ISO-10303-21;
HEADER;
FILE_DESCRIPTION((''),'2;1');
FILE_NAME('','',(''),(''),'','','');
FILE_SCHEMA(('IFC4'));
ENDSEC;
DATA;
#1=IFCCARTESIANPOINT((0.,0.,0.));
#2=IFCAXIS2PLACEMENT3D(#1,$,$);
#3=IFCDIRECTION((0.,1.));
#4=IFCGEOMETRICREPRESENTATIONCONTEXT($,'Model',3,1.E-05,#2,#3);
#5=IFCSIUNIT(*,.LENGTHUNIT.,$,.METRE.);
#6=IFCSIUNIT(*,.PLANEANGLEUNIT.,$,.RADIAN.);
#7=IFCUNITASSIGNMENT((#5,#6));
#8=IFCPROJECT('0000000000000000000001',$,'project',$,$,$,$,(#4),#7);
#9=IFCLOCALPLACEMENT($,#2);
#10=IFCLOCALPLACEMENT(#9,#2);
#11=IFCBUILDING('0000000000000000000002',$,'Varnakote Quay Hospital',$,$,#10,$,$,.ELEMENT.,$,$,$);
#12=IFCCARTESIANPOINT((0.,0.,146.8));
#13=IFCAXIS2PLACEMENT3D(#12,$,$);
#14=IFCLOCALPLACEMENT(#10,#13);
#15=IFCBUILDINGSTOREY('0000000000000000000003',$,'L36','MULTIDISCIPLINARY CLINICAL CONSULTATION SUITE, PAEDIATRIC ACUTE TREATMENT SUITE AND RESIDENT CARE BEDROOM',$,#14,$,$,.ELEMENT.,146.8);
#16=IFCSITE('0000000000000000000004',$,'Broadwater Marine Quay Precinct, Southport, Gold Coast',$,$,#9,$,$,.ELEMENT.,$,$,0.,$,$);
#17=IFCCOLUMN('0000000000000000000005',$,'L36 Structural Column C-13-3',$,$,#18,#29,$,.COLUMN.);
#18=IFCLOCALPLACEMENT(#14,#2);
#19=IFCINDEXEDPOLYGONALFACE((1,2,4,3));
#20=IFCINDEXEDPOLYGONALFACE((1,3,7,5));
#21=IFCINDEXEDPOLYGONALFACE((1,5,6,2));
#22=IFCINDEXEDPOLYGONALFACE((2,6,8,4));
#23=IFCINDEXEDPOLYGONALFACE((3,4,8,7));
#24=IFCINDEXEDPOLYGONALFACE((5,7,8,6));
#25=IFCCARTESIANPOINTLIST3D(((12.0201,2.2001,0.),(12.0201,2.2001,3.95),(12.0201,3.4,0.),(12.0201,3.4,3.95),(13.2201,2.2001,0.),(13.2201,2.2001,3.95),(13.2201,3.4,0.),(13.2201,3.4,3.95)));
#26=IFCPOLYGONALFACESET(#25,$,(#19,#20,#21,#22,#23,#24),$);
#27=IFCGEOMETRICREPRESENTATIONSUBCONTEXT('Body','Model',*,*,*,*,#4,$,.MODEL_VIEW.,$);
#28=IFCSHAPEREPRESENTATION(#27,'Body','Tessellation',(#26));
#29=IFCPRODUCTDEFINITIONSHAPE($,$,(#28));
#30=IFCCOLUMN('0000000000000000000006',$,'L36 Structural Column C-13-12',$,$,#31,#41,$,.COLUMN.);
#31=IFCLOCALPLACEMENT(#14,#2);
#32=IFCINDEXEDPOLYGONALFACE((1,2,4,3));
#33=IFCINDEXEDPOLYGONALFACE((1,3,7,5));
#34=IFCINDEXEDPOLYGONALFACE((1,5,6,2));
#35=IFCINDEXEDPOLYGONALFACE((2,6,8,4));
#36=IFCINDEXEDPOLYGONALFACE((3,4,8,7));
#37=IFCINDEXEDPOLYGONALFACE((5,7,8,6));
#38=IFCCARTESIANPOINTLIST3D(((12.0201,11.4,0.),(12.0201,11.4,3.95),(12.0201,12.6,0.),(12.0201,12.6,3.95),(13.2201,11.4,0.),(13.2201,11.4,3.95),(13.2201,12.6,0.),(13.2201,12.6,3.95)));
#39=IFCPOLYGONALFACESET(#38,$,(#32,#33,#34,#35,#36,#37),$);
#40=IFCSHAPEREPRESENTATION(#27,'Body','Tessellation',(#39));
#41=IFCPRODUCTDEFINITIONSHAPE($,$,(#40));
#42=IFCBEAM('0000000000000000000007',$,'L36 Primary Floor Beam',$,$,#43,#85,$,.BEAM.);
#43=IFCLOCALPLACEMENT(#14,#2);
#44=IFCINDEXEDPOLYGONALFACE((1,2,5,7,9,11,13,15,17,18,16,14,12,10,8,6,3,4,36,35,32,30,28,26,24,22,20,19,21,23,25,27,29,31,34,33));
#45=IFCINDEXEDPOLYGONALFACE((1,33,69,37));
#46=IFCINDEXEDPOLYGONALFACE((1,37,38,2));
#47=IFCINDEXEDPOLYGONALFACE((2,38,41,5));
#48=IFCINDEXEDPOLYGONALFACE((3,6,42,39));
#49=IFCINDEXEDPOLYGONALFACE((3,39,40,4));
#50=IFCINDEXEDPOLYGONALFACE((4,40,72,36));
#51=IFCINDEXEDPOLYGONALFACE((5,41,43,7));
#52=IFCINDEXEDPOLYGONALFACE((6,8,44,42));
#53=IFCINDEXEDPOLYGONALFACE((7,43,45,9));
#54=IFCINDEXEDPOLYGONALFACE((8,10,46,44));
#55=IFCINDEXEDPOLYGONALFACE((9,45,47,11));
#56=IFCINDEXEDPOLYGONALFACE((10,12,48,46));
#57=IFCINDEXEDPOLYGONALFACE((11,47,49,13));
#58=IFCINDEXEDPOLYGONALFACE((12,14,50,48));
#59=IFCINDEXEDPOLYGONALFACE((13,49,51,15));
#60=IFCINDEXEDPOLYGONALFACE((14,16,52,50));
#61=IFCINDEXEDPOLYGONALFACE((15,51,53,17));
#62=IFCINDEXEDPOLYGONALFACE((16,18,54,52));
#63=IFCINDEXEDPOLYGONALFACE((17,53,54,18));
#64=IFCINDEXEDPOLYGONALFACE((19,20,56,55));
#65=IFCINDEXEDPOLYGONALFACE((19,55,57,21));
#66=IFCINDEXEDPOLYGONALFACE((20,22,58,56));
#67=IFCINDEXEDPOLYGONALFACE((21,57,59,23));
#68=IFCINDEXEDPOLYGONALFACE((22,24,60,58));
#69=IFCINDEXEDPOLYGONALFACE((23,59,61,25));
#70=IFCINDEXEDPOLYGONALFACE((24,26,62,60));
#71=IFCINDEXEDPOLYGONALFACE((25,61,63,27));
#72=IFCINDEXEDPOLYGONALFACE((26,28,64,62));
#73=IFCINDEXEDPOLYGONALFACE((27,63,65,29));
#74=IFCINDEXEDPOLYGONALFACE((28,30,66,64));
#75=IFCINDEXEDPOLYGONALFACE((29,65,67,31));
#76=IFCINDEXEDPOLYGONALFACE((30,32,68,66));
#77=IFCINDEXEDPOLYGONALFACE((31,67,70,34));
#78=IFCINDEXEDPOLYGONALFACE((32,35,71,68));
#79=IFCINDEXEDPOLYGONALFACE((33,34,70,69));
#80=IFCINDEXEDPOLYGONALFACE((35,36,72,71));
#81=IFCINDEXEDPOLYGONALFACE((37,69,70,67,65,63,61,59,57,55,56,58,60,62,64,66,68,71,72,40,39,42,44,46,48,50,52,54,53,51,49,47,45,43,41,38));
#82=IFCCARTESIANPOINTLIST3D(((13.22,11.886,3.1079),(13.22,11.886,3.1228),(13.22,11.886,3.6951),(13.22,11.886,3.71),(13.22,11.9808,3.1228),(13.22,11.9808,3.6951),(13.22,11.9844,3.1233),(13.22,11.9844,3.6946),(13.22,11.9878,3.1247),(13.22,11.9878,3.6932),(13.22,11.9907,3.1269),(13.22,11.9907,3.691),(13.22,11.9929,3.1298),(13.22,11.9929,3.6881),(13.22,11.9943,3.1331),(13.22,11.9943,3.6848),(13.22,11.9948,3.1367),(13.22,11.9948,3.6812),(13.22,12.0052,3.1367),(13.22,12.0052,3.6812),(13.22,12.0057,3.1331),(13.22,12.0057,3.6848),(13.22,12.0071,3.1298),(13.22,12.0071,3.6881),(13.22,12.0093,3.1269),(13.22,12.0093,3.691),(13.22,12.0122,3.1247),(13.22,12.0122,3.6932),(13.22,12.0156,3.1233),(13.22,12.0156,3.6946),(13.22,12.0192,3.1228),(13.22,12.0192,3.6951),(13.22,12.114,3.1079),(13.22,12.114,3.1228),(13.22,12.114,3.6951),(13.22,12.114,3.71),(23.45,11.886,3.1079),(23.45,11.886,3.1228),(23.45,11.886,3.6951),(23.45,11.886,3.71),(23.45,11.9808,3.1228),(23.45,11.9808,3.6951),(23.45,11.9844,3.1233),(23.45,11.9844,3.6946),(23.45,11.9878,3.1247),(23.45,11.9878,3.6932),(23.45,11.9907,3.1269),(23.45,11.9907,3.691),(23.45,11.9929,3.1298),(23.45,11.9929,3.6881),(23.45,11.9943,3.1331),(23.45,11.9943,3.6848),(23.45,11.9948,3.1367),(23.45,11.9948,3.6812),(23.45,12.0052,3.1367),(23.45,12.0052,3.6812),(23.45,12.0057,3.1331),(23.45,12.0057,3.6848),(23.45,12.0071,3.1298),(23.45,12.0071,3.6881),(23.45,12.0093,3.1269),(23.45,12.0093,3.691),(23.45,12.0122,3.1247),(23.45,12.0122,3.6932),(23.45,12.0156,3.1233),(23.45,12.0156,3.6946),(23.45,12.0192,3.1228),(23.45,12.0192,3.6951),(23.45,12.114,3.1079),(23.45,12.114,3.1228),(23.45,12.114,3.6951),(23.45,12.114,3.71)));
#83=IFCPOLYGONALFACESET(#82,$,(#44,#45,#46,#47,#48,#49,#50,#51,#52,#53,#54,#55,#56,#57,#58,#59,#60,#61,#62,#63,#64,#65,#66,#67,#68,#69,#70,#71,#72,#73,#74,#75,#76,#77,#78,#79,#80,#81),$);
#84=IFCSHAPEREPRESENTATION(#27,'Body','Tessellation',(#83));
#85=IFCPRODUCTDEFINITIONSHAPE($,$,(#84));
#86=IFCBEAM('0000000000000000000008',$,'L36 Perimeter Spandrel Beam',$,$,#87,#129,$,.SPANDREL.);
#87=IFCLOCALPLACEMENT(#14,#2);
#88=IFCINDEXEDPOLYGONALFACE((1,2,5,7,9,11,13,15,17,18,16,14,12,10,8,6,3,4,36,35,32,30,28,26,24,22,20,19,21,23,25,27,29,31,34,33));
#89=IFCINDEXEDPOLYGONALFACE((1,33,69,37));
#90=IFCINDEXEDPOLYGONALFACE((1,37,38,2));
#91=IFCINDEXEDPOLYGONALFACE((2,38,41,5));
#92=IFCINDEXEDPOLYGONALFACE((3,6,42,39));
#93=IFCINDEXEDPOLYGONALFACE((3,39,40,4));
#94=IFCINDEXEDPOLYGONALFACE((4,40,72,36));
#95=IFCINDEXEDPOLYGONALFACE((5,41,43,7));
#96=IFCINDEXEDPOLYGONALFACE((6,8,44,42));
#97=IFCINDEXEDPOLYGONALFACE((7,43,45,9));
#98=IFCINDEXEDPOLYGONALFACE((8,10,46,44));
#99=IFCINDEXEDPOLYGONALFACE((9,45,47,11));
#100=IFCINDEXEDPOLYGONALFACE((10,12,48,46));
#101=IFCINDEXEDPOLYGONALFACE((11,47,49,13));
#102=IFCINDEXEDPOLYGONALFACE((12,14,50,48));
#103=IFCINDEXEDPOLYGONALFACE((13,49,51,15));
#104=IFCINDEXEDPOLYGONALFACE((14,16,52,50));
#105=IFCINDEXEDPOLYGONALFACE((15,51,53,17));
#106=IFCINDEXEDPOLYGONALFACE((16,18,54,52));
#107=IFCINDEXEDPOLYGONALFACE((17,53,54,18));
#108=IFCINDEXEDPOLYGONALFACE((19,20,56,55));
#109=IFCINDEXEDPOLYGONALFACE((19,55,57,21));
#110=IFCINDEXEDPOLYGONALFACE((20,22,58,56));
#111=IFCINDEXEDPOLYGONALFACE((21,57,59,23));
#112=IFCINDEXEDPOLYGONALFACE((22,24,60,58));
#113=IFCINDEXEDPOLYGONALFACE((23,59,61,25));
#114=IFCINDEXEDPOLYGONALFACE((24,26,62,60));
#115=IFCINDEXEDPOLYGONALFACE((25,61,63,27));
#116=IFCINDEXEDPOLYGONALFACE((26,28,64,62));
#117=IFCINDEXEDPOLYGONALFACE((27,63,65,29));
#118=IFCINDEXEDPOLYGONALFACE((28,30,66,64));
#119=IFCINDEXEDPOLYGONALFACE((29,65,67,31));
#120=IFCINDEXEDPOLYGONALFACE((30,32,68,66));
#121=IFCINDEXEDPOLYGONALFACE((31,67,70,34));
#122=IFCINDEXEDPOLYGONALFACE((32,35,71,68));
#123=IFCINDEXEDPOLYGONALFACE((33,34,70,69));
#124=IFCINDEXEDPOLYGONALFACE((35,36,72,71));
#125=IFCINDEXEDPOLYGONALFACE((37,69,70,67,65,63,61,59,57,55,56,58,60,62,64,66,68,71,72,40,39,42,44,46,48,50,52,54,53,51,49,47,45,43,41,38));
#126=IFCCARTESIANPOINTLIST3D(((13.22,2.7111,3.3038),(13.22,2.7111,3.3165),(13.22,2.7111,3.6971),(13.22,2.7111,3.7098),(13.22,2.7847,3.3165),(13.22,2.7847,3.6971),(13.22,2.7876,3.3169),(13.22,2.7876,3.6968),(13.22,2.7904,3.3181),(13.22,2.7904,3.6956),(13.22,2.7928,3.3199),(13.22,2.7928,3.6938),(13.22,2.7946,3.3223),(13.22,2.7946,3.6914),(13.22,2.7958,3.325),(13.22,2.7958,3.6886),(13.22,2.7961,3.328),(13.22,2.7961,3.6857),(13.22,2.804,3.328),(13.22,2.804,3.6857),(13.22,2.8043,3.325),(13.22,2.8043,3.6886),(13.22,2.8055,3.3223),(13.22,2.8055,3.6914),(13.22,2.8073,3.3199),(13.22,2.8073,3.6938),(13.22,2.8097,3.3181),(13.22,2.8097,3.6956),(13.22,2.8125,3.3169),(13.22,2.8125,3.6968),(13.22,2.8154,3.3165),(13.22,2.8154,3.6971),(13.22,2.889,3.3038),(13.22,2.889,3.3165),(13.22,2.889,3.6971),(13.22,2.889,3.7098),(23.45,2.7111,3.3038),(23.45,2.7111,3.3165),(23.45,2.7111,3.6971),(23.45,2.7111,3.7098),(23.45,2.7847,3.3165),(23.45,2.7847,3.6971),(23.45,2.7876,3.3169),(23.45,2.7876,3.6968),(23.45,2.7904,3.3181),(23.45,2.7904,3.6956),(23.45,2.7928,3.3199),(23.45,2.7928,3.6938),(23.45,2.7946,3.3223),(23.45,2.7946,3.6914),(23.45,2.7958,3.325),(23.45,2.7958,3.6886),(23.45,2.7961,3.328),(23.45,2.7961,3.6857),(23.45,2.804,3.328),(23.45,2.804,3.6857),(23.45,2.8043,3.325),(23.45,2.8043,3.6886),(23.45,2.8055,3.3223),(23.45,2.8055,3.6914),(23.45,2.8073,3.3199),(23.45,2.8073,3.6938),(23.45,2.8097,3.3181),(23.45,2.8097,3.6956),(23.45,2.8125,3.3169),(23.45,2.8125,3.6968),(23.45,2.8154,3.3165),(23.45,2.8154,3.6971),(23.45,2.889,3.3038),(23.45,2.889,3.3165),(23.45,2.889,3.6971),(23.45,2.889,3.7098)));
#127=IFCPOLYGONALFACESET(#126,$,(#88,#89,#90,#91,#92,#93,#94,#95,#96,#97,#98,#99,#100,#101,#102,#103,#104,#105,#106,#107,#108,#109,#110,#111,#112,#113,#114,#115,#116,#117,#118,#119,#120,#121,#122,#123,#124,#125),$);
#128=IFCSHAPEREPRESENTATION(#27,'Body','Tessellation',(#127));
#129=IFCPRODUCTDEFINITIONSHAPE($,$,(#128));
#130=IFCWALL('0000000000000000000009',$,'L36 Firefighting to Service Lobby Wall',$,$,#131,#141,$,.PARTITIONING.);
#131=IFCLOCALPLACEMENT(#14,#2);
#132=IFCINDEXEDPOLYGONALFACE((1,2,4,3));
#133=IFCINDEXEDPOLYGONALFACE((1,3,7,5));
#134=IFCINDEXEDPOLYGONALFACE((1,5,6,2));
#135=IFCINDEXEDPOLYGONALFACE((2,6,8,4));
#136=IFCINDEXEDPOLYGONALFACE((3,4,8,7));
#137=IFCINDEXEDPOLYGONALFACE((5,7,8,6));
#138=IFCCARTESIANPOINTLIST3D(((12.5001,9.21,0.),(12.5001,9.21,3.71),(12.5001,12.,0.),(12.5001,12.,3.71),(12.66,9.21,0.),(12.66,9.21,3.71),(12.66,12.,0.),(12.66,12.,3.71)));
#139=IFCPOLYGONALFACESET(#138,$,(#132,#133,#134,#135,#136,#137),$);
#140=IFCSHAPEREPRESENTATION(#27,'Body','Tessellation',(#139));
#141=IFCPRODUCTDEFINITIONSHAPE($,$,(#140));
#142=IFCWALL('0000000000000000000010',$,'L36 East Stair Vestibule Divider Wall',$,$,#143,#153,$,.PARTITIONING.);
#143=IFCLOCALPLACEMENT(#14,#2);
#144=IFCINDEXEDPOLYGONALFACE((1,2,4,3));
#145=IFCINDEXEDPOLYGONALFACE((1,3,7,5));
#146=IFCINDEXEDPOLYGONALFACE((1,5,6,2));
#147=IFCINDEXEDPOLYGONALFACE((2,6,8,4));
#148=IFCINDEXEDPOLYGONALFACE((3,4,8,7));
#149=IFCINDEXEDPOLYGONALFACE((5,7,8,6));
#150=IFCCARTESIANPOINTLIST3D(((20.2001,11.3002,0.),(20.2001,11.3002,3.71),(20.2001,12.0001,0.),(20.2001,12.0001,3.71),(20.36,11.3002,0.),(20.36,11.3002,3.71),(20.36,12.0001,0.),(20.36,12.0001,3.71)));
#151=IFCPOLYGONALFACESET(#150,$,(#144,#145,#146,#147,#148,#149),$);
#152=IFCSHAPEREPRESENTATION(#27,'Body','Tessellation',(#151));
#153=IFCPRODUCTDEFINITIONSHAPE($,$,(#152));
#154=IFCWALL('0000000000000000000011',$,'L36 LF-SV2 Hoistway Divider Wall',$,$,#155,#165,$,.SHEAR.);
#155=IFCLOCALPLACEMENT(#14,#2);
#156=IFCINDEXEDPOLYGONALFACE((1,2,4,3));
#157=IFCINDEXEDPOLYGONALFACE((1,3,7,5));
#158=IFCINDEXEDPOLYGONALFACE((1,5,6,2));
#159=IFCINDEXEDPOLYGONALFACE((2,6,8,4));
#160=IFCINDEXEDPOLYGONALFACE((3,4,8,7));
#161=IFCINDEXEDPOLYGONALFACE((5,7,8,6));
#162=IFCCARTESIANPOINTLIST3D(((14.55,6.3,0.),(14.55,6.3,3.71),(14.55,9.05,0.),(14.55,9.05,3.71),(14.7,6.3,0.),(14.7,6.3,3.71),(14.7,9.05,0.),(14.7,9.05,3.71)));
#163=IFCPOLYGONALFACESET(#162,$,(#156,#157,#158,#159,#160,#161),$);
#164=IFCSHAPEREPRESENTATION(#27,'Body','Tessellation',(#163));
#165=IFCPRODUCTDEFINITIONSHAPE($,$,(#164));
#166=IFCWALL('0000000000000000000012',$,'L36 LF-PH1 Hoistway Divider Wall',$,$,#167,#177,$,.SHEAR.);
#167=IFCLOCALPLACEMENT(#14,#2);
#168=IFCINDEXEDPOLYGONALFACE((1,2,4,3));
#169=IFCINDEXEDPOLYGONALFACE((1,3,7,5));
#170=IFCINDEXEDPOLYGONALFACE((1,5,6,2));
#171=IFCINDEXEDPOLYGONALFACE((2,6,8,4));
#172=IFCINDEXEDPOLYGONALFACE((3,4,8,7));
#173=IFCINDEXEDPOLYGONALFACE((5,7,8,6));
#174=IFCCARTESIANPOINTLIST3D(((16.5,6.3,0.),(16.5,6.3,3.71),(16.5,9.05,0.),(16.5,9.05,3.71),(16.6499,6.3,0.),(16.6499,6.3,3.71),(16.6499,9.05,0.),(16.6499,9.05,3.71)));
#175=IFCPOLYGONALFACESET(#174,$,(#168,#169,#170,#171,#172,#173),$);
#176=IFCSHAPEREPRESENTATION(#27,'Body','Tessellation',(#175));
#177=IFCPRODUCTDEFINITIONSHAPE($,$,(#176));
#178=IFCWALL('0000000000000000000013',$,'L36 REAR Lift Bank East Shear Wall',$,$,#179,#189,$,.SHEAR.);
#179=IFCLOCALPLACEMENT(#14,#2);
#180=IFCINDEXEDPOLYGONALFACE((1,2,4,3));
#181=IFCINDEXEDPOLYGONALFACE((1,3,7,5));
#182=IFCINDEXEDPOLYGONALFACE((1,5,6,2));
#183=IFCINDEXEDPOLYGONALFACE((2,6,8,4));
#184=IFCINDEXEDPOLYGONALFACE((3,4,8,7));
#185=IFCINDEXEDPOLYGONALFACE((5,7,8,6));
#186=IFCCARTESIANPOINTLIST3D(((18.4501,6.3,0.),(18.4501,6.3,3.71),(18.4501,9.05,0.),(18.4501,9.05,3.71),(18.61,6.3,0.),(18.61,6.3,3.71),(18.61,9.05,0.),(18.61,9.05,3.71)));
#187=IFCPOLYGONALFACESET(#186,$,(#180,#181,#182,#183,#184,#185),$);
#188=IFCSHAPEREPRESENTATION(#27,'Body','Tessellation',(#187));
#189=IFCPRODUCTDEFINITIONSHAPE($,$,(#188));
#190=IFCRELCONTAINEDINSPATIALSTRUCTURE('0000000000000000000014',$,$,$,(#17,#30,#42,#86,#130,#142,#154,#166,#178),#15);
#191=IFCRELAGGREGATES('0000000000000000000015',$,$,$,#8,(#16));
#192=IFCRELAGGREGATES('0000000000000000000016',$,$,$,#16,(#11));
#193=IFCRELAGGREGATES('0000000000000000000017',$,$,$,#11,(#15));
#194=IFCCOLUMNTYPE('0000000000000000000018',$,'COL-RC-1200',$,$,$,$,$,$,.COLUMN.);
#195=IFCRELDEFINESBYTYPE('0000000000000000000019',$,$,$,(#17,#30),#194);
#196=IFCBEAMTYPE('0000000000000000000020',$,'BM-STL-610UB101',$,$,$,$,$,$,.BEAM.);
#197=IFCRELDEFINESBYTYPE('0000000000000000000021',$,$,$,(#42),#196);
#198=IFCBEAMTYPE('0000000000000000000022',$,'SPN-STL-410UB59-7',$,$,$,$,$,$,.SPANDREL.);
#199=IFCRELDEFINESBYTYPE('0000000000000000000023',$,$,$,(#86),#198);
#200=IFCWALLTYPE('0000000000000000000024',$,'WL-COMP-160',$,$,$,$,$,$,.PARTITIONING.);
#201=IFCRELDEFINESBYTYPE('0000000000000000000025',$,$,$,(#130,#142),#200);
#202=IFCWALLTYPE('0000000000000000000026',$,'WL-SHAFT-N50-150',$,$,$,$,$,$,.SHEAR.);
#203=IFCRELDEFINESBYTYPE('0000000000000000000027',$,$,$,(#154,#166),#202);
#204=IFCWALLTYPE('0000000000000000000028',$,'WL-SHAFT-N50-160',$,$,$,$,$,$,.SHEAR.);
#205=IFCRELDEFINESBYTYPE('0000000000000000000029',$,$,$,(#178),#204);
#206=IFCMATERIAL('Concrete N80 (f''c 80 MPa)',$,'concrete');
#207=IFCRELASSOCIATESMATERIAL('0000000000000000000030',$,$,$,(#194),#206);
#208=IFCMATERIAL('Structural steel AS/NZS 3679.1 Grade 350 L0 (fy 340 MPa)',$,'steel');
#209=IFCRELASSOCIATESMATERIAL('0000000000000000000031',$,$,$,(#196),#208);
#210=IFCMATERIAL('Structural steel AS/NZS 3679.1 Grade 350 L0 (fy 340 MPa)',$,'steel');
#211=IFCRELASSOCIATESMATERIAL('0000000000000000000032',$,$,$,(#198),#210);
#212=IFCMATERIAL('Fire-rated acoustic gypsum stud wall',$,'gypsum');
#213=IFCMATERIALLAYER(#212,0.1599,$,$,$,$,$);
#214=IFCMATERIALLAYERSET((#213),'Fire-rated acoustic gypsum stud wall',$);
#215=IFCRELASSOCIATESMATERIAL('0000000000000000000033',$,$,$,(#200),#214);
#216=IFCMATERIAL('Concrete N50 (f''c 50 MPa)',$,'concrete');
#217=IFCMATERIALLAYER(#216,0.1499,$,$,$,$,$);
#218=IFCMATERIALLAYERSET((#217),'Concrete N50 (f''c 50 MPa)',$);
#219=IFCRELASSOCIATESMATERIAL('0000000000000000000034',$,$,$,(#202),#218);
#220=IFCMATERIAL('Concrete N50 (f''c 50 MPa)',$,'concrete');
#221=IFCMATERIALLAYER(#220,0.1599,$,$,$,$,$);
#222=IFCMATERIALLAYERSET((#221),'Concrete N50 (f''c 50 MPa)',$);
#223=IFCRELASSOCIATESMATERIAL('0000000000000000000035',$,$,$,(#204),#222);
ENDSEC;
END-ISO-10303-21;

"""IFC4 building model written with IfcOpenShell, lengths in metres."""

from ifc_helpers import new_model, si_unit, direction, frame, frame_2d, origin, origin_2d, place, context, subcontext, project, spatial, rectangle, i_section, extrude, material, layer, layer_set, material_profile, profile_set, type_object, element, save


model = new_model("IFC4")

# Units and contexts
model_context = context("Model", 3, precision=1e-05, world=origin(), true_north=direction((0.0, 1.0)))
body_context = subcontext(model_context, "Body", "Model", "MODEL_VIEW")
ifc_project = project(units=[si_unit("LENGTHUNIT", "METRE"), si_unit("PLANEANGLEUNIT", "RADIAN")], contexts=[model_context])

# Site, building, storey
site_placement = place(None, origin())
site = spatial("IfcSite", under=ifc_project, at=site_placement, Name="Broadwater Marine Quay Precinct, Southport, Gold Coast", CompositionType="ELEMENT", RefElevation=0.0)
building_placement = place(site_placement, origin())
building = spatial("IfcBuilding", under=site, at=building_placement, Name="Varnakote Quay Hospital", CompositionType="ELEMENT")
storey_placement = place(building_placement, frame((0.0, 0.0, 146.8)))
storey = spatial("IfcBuildingStorey", under=building, at=storey_placement, Name="L36", Description="MULTIDISCIPLINARY CLINICAL CONSULTATION SUITE, PAEDIATRIC ACUTE TREATMENT SUITE AND RESIDENT CARE BEDROOM", CompositionType="ELEMENT", Elevation=146.8)

# Columns
ifc_material_1 = material(Name="Concrete N80 (f'c 80 MPa)", Category="concrete")
ifc_material_profile_1 = material_profile(ifc_material_1, rectangle(XDim=1.2, YDim=1.2, at=origin_2d()), Name="RC-COL-1200x1200")
ifc_profile_set_1 = profile_set([ifc_material_profile_1], Name="Concrete N80 (f'c 80 MPa)")
column_type = type_object("IfcColumnType", Name="COL-RC-1200", PredefinedType="COLUMN", material=ifc_profile_set_1)
for number, where, z_axis, x_axis, name in (
    (1, (12.6201, 2.8, 0.0), (0.0, 0.0, 1.0), (1.0, 0.0, 0.0), "L36 Structural Column C-13-3"),
    (2, (12.6201, 12.0, 0.0), (0.0, 0.0, 1.0), (1.0, 0.0, 0.0), "L36 Structural Column C-13-12"),
):
    element("IfcColumn", number, at=place(storey_placement, frame(where, z_axis=z_axis, x_axis=x_axis)), inside=storey, type_object=column_type, Name=name, PredefinedType="COLUMN", context=body_context, shape_type="SweptSolid", body=[
        extrude(rectangle(XDim=1.2, YDim=1.2, at=origin_2d()), origin(), (0.0, 0.0, 1.0), 3.95),
    ])

# Beams
ifc_material_2 = material(Name="Structural steel AS/NZS 3679.1 Grade 350 L0 (fy 340 MPa)", Category="steel")
ifc_material_profile_2 = material_profile(ifc_material_2, i_section(OverallWidth=0.228, OverallDepth=0.6021, WebThickness=0.0105, FlangeThickness=0.0149, FilletRadius=0.0139, at=origin_2d()), Name="610UB101")
ifc_profile_set_2 = profile_set([ifc_material_profile_2], Name="Structural steel AS/NZS 3679.1 Grade 350 L0 (fy 340 MPa)")
beam_type_1 = type_object("IfcBeamType", Name="BM-STL-610UB101", PredefinedType="BEAM", material=ifc_profile_set_2)
beam_1_placement = place(storey_placement, frame((13.22, 12.0, 3.4089), z_axis=(1.0, 0.0, 0.0), x_axis=(0.0, 1.0, 0.0)))
element("IfcBeam", 3, at=beam_1_placement, inside=storey, type_object=beam_type_1, Name="L36 Primary Floor Beam", PredefinedType="BEAM", context=body_context, shape_type="SweptSolid", body=[
    extrude(i_section(OverallWidth=0.228, OverallDepth=0.6021, WebThickness=0.0105, FlangeThickness=0.0149, FilletRadius=0.0139, at=origin_2d()), origin(), (0.0, 0.0, 1.0), 10.23),
])
ifc_material_3 = material(Name="Structural steel AS/NZS 3679.1 Grade 350 L0 (fy 340 MPa)", Category="steel")
ifc_material_profile_3 = material_profile(ifc_material_3, i_section(OverallWidth=0.178, OverallDepth=0.406, WebThickness=0.0078, FlangeThickness=0.0127, FilletRadius=0.0115, at=origin_2d()), Name="410UB59.7")
ifc_profile_set_3 = profile_set([ifc_material_profile_3], Name="Structural steel AS/NZS 3679.1 Grade 350 L0 (fy 340 MPa)")
beam_type_2 = type_object("IfcBeamType", Name="SPN-STL-410UB59-7", PredefinedType="SPANDREL", material=ifc_profile_set_3)
beam_2_placement = place(storey_placement, frame((13.22, 2.8, 3.5068), z_axis=(1.0, 0.0, 0.0), x_axis=(0.0, 1.0, 0.0)))
element("IfcBeam", 4, at=beam_2_placement, inside=storey, type_object=beam_type_2, Name="L36 Perimeter Spandrel Beam", PredefinedType="SPANDREL", context=body_context, shape_type="SweptSolid", body=[
    extrude(i_section(OverallWidth=0.178, OverallDepth=0.406, WebThickness=0.0078, FlangeThickness=0.0127, FilletRadius=0.0115, at=origin_2d()), origin(), (0.0, 0.0, 1.0), 10.23),
])

# Walls
ifc_material_4 = material(Name="Fire-rated acoustic gypsum stud wall", Category="gypsum")
ifc_layer_1 = layer(ifc_material_4, 0.1599)
ifc_layer_set_1 = layer_set([ifc_layer_1], Name="Fire-rated acoustic gypsum stud wall")
wall_type_1 = type_object("IfcWallType", Name="WL-COMP-160", PredefinedType="PARTITIONING", material=ifc_layer_set_1)
wall_1_placement = place(storey_placement, frame((12.5801, 9.21, 0.0), z_axis=(0.0, 0.0, 1.0), x_axis=(0.0, 1.0, 0.0)))
element("IfcWall", 5, at=wall_1_placement, inside=storey, type_object=wall_type_1, Name="L36 Firefighting to Service Lobby Wall", PredefinedType="PARTITIONING", context=body_context, shape_type="SweptSolid", body=[
    extrude(rectangle(XDim=2.79, YDim=0.1599, at=frame_2d((1.395, 0.0))), origin(), (0.0, 0.0, 1.0), 3.71),
])
wall_2_placement = place(storey_placement, frame((20.28, 11.3, 0.0), z_axis=(0.0, 0.0, 1.0), x_axis=(0.0, 1.0, 0.0)))
element("IfcWall", 6, at=wall_2_placement, inside=storey, type_object=wall_type_1, Name="L36 East Stair Vestibule Divider Wall", PredefinedType="PARTITIONING", context=body_context, shape_type="SweptSolid", body=[
    extrude(rectangle(XDim=0.7, YDim=0.1599, at=frame_2d((0.3501, 0.0))), origin(), (0.0, 0.0, 1.0), 3.71),
])
ifc_material_5 = material(Name="Concrete N50 (f'c 50 MPa)", Category="concrete")
ifc_layer_2 = layer(ifc_material_5, 0.1499)
ifc_layer_set_2 = layer_set([ifc_layer_2], Name="Concrete N50 (f'c 50 MPa)")
wall_type_2 = type_object("IfcWallType", Name="WL-SHAFT-N50-150", PredefinedType="SHEAR", material=ifc_layer_set_2)
for number, where, z_axis, x_axis, name in (
    (7, (14.625, 6.3, 0.0), (0.0, 0.0, 1.0), (0.0, 1.0, 0.0), "L36 LF-SV2 Hoistway Divider Wall"),
    (8, (16.575, 6.3, 0.0), (0.0, 0.0, 1.0), (0.0, 1.0, 0.0), "L36 LF-PH1 Hoistway Divider Wall"),
):
    element("IfcWall", number, at=place(storey_placement, frame(where, z_axis=z_axis, x_axis=x_axis)), inside=storey, type_object=wall_type_2, Name=name, PredefinedType="SHEAR", context=body_context, shape_type="SweptSolid", body=[
        extrude(rectangle(XDim=2.75, YDim=0.1499, at=frame_2d((1.375, 0.0))), origin(), (0.0, 0.0, 1.0), 3.71),
    ])
ifc_material_6 = material(Name="Concrete N50 (f'c 50 MPa)", Category="concrete")
ifc_layer_3 = layer(ifc_material_6, 0.1599)
ifc_layer_set_3 = layer_set([ifc_layer_3], Name="Concrete N50 (f'c 50 MPa)")
wall_type_3 = type_object("IfcWallType", Name="WL-SHAFT-N50-160", PredefinedType="SHEAR", material=ifc_layer_set_3)
wall_3_placement = place(storey_placement, frame((18.53, 6.3, 0.0), z_axis=(0.0, 0.0, 1.0), x_axis=(0.0, 1.0, 0.0)))
element("IfcWall", 9, at=wall_3_placement, inside=storey, type_object=wall_type_3, Name="L36 REAR Lift Bank East Shear Wall", PredefinedType="SHEAR", context=body_context, shape_type="SweptSolid", body=[
    extrude(rectangle(XDim=2.75, YDim=0.1599, at=frame_2d((1.375, 0.0))), origin(), (0.0, 0.0, 1.0), 3.71),
])

save(model, "model.ifc")
